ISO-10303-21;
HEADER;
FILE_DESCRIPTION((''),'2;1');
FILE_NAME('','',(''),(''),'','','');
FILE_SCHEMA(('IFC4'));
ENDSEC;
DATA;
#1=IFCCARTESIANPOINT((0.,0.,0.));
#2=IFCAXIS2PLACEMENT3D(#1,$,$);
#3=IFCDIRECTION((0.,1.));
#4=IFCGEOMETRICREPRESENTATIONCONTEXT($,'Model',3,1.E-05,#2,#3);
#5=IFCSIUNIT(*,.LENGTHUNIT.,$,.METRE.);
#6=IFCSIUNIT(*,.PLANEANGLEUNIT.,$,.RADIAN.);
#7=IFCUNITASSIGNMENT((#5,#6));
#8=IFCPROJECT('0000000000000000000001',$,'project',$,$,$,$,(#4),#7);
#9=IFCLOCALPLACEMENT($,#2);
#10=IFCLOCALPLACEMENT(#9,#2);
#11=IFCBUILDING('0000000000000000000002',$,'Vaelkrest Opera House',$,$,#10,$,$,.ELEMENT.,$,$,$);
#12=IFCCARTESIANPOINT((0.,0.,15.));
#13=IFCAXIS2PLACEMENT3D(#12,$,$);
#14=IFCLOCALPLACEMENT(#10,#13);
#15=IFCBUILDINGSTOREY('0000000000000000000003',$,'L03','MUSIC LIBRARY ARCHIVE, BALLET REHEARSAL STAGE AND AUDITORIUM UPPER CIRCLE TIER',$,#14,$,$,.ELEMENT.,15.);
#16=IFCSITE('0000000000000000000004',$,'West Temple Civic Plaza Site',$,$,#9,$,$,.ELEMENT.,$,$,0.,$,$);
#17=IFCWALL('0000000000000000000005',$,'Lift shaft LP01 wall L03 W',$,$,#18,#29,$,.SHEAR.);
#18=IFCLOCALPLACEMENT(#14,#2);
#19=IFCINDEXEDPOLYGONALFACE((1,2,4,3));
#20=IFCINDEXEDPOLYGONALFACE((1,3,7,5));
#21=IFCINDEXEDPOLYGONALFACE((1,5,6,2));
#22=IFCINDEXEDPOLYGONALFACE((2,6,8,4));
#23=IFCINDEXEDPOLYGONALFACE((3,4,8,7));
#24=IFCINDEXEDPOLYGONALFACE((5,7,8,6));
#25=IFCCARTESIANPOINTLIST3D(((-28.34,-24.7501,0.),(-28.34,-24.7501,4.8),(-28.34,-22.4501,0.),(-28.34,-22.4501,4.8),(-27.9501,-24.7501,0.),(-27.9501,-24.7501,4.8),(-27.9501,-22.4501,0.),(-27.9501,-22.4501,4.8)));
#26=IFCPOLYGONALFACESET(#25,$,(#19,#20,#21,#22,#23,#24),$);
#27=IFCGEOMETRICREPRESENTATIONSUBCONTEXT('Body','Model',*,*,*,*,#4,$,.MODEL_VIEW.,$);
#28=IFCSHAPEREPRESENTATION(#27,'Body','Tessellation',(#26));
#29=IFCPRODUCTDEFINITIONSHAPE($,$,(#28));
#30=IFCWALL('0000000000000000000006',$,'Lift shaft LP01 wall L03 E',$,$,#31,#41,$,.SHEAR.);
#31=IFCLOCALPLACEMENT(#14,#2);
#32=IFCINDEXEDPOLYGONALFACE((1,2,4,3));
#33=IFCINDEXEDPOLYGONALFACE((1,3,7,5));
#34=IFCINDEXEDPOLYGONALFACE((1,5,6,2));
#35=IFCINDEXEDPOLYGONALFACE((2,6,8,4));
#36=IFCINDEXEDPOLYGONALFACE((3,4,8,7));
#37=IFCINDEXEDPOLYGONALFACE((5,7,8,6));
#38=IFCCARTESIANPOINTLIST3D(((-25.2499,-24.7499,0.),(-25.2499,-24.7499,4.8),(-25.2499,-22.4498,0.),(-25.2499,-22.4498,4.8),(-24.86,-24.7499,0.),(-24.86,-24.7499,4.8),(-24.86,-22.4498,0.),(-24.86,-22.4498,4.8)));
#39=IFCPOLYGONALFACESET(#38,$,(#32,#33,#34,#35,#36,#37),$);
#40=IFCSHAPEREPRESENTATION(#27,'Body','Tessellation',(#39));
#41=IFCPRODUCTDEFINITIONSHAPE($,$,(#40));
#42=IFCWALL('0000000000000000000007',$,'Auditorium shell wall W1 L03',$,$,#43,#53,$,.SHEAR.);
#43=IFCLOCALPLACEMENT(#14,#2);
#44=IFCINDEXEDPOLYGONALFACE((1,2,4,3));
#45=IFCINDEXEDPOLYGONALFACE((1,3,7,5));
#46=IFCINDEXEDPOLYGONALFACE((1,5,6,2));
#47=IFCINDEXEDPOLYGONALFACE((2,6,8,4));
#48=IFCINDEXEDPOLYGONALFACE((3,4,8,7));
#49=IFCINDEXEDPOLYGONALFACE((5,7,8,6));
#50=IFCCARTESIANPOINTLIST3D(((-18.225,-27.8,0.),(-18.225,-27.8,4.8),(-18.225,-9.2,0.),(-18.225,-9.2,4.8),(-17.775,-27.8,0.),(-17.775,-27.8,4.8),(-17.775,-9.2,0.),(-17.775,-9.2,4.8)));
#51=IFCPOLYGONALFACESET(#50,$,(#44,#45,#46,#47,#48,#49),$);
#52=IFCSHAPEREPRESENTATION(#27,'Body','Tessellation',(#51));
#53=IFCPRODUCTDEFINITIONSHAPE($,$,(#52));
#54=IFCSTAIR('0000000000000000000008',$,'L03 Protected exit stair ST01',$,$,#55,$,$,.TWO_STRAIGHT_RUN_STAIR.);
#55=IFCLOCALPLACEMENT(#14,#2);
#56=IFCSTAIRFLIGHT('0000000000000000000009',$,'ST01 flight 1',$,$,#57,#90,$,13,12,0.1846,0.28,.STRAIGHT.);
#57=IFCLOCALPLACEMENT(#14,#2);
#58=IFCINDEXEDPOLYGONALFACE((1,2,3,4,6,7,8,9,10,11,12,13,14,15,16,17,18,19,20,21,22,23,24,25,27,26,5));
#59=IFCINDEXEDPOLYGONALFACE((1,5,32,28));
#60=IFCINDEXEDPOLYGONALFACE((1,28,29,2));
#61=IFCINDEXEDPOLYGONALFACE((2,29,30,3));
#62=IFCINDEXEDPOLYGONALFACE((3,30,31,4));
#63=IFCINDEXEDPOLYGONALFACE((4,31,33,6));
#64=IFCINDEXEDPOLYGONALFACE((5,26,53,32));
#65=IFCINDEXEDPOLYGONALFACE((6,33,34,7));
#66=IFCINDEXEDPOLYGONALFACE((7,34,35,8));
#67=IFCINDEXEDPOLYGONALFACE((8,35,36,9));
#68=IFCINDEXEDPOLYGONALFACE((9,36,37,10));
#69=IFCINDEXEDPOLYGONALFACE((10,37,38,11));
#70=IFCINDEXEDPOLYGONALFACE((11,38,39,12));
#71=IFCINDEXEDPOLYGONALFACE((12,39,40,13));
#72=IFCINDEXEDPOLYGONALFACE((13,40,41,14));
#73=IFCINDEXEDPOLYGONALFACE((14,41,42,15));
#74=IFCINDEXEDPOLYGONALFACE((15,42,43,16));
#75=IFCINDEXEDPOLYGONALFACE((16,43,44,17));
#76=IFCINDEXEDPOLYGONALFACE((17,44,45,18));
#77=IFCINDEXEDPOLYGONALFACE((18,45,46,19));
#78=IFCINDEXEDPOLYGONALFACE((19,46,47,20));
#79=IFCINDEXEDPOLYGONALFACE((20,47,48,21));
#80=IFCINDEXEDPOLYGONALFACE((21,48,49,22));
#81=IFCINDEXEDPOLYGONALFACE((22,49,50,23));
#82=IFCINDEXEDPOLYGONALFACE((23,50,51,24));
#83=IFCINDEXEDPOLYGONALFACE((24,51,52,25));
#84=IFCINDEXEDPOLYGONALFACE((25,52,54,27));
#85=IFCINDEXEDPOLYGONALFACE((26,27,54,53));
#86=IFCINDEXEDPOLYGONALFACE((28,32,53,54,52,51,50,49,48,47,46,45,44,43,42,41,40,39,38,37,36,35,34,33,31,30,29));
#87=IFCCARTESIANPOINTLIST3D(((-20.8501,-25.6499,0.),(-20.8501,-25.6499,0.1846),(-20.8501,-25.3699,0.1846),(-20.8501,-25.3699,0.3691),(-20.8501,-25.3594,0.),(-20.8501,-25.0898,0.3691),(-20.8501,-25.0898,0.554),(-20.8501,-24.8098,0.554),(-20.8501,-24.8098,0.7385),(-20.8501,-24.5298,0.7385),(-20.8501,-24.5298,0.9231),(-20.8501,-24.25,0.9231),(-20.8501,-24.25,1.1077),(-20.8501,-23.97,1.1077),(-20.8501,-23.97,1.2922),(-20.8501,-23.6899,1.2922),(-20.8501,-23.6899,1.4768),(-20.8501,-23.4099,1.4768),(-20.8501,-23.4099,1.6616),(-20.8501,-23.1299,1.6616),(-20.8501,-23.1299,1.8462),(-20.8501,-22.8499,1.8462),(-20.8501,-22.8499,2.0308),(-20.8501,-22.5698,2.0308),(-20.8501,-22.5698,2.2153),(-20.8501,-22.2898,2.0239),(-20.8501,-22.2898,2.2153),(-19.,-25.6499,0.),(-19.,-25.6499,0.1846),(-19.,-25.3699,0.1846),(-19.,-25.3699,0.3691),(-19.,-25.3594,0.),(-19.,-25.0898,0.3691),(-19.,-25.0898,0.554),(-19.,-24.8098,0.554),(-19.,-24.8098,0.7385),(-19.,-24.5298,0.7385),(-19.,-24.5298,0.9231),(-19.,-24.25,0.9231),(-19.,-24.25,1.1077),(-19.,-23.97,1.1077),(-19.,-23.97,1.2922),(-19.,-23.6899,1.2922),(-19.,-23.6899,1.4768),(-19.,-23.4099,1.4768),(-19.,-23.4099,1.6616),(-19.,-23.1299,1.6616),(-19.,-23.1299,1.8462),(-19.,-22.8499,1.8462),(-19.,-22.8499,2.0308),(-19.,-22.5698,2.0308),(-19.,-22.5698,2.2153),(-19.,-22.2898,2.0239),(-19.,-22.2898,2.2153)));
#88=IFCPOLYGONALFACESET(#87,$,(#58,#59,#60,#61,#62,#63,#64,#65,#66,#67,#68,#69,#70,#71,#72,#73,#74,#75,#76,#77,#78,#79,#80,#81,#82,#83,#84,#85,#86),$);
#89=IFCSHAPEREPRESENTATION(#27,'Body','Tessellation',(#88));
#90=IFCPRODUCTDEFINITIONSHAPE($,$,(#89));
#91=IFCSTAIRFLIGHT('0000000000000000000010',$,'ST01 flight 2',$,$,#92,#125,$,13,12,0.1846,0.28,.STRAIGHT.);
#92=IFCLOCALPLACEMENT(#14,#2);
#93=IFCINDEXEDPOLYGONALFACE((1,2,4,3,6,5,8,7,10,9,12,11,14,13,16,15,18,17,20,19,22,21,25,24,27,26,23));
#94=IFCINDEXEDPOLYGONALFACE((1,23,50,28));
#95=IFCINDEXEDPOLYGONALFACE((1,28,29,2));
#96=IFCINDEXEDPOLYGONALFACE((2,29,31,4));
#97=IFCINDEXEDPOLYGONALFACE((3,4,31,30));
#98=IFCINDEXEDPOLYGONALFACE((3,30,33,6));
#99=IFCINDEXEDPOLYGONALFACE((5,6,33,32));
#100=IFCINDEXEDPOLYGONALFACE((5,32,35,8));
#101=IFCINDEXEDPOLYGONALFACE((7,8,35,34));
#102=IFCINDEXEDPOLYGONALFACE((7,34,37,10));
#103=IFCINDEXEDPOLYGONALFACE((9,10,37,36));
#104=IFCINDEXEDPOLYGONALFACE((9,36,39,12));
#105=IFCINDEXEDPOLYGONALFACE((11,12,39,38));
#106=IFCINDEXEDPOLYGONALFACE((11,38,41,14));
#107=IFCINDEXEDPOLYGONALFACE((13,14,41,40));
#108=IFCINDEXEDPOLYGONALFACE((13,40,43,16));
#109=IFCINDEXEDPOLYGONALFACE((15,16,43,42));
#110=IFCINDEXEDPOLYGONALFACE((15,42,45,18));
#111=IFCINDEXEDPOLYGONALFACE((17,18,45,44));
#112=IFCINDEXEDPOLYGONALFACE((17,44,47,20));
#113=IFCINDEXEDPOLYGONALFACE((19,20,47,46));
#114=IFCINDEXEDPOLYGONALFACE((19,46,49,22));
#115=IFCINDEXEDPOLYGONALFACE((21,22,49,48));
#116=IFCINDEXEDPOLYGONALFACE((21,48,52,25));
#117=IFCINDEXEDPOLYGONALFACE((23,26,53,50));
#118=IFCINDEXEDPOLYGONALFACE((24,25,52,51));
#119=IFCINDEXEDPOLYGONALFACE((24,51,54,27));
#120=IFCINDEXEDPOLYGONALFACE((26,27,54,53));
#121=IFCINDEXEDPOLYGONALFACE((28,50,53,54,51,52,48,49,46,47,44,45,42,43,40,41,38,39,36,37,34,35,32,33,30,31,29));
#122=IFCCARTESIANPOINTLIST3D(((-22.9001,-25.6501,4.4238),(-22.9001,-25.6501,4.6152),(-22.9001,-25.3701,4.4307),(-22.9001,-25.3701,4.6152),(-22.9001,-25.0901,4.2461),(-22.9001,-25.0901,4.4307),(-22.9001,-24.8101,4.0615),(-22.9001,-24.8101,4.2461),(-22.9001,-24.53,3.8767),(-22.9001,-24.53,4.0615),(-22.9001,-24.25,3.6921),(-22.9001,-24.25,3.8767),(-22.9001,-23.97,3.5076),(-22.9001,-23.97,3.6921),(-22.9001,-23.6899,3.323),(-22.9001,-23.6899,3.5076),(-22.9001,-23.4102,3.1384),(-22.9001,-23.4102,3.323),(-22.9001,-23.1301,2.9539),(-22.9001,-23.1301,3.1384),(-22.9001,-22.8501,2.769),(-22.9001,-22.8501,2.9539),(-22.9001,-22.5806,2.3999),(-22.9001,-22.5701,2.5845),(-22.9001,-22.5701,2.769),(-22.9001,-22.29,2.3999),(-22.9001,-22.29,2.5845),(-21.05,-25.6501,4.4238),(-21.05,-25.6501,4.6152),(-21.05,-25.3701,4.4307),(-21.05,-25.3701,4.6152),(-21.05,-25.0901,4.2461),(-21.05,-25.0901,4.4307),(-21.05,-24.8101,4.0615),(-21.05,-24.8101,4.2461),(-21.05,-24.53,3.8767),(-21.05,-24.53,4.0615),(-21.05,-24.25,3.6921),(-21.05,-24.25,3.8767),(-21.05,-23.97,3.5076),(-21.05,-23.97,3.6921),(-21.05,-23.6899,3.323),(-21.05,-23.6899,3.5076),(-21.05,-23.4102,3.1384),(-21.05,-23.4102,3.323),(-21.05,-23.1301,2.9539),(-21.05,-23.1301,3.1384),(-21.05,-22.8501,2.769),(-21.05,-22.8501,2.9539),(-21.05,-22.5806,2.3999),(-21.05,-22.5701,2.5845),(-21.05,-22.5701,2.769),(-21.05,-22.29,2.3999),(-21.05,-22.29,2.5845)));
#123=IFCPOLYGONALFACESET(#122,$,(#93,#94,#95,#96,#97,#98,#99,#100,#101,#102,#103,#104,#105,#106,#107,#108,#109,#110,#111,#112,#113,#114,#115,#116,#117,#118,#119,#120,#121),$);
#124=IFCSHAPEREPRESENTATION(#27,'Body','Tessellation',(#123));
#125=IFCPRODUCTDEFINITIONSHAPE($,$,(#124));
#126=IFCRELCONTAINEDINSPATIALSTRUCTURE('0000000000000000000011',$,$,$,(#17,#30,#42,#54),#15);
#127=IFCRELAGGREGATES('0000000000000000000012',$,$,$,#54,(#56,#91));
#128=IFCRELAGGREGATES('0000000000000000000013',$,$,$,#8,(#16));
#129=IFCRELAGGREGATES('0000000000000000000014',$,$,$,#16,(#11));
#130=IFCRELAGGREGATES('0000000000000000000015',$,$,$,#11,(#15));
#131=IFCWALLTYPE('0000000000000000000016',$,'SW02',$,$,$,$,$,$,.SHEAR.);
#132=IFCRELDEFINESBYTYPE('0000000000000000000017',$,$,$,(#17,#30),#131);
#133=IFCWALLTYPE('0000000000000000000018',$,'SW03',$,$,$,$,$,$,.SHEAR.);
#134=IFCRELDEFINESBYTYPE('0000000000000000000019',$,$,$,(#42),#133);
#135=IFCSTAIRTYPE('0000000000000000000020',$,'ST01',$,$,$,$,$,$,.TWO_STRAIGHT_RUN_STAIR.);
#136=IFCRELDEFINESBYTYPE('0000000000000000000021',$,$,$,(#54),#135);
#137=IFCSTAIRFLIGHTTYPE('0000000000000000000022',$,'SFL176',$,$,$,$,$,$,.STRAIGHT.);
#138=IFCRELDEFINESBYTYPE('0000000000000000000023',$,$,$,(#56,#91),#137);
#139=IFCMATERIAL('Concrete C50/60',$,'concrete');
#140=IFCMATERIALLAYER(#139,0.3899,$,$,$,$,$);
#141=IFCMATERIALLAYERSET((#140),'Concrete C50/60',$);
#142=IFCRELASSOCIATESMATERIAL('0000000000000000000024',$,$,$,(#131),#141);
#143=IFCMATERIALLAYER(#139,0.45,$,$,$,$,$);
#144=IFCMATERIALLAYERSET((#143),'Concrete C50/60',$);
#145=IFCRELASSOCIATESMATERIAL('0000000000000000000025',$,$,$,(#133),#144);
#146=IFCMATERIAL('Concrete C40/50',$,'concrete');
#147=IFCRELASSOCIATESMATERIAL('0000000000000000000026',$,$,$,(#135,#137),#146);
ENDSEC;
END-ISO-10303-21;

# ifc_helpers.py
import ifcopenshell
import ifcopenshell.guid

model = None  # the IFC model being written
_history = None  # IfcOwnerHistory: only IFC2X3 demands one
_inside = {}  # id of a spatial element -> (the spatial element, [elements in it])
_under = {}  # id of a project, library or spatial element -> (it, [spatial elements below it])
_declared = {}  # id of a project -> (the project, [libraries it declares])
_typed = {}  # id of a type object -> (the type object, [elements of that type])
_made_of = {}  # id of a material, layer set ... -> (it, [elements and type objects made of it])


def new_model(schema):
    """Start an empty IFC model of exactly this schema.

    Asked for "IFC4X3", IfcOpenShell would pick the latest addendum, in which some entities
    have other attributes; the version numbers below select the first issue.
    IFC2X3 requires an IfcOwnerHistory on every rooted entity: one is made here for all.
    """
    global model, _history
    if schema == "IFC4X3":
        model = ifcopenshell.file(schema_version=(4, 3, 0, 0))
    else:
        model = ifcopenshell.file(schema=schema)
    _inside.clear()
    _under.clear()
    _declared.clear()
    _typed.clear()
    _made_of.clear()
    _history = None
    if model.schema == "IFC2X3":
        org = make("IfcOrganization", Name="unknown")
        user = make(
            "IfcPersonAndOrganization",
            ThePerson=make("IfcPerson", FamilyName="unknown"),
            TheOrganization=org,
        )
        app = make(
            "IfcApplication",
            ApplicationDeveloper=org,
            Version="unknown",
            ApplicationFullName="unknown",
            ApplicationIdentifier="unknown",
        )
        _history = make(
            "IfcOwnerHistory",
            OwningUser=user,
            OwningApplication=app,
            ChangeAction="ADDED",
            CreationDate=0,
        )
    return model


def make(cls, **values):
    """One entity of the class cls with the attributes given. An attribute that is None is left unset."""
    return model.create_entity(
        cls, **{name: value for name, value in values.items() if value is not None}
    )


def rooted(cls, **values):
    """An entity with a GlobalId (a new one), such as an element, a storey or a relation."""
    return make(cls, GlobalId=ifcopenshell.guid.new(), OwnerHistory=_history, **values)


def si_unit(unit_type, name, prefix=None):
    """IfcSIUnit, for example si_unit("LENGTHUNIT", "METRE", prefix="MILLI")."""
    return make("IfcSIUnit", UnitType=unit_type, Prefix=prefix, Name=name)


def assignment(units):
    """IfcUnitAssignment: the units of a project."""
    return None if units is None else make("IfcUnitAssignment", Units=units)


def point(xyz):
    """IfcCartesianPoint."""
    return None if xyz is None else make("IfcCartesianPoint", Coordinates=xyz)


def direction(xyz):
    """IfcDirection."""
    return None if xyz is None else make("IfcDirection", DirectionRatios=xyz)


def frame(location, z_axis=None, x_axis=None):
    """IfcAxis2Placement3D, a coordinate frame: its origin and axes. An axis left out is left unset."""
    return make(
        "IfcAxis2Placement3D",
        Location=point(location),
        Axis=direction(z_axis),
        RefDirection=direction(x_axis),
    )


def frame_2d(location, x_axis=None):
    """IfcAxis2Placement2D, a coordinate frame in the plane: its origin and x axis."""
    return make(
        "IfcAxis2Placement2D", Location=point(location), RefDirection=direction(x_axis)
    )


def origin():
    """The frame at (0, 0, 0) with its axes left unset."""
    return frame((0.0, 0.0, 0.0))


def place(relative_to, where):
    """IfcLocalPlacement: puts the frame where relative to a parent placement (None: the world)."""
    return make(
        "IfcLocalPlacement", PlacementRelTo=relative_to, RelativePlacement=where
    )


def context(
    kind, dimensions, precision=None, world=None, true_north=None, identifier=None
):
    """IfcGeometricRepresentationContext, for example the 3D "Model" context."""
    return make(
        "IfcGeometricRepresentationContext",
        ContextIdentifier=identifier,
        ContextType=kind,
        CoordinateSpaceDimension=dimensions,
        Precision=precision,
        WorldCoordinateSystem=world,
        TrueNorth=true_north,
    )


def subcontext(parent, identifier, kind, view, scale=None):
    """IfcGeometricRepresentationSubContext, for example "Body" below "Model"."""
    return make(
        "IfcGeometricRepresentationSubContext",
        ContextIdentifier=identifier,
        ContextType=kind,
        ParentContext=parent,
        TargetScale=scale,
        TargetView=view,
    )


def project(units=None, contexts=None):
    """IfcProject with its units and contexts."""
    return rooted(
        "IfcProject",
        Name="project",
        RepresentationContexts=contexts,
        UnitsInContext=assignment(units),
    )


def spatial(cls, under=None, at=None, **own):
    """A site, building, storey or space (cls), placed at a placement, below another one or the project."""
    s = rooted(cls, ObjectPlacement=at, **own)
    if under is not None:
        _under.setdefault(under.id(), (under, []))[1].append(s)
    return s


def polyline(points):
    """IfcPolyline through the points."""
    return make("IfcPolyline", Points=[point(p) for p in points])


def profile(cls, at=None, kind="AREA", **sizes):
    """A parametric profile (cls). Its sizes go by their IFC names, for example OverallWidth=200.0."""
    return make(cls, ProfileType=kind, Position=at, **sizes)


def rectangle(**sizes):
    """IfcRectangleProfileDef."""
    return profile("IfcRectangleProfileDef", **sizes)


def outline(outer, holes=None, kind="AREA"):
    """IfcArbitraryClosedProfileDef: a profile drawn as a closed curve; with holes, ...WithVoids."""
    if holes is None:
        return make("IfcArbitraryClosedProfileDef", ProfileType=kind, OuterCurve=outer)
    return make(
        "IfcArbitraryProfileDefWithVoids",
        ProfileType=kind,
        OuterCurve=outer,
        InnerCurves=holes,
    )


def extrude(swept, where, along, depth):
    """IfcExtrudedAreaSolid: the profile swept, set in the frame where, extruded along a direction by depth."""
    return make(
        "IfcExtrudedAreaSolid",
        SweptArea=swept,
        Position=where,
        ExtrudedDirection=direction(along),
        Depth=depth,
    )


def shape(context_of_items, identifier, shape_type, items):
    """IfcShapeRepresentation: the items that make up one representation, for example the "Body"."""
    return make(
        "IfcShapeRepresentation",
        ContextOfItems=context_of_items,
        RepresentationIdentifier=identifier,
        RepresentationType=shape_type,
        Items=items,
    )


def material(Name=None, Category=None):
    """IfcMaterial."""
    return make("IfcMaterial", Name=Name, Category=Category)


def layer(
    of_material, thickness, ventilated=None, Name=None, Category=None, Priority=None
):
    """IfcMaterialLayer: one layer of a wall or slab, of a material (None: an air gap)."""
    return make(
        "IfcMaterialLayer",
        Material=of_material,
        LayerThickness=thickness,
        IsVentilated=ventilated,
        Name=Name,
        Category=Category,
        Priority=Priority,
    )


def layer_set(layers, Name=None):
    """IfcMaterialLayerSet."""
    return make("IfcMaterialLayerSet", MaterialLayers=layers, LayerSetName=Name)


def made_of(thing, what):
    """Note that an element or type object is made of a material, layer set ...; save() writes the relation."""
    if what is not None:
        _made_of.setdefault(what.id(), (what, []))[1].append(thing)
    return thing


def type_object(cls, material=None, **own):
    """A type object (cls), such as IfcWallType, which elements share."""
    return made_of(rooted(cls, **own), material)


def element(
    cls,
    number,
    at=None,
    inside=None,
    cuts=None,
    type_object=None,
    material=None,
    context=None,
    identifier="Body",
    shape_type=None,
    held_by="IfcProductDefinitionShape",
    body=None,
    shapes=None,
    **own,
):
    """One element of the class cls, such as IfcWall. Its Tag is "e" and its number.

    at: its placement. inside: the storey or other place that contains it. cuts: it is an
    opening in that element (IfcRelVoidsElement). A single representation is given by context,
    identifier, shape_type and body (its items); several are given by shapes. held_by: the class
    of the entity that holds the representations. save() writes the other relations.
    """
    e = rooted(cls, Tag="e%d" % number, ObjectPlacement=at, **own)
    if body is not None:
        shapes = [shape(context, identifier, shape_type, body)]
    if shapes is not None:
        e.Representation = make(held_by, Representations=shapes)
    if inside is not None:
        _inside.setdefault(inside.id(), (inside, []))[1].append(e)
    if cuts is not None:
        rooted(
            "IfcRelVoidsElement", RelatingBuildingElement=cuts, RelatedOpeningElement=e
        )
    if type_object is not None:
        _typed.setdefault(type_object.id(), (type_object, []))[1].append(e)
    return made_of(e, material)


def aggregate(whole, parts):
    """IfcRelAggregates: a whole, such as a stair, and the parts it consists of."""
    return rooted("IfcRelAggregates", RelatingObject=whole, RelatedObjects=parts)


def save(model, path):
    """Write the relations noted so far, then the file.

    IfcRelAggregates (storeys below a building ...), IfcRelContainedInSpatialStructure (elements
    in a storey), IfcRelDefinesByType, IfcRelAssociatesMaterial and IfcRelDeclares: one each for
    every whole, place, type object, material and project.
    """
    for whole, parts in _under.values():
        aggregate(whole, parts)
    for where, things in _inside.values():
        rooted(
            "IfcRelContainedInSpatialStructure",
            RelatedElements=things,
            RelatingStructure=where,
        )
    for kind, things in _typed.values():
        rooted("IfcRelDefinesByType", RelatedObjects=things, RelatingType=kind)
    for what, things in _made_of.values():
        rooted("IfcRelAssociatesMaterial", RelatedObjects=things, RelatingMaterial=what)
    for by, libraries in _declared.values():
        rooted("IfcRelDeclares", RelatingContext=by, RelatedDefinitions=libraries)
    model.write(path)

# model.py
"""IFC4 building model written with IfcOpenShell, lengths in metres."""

from ifc_helpers import new_model, si_unit, direction, frame, frame_2d, origin, place, context, subcontext, project, spatial, polyline, rectangle, outline, extrude, material, layer, layer_set, type_object, element, aggregate, save


model = new_model("IFC4")

# Units and contexts
model_context = context("Model", 3, precision=1e-05, world=origin(), true_north=direction((0.0, 1.0)))
body_context = subcontext(model_context, "Body", "Model", "MODEL_VIEW")
ifc_project = project(units=[si_unit("LENGTHUNIT", "METRE"), si_unit("PLANEANGLEUNIT", "RADIAN")], contexts=[model_context])

# Site, building, storey
site_placement = place(None, origin())
site = spatial("IfcSite", under=ifc_project, at=site_placement, Name="West Temple Civic Plaza Site", CompositionType="ELEMENT", RefElevation=0.0)
building_placement = place(site_placement, origin())
building = spatial("IfcBuilding", under=site, at=building_placement, Name="Vaelkrest Opera House", CompositionType="ELEMENT")
storey_placement = place(building_placement, frame((0.0, 0.0, 15.0)))
storey = spatial("IfcBuildingStorey", under=building, at=storey_placement, Name="L03", Description="MUSIC LIBRARY ARCHIVE, BALLET REHEARSAL STAGE AND AUDITORIUM UPPER CIRCLE TIER", CompositionType="ELEMENT", Elevation=15.0)

# Shared definitions
ifc_material_1 = material(Name="Concrete C50/60", Category="concrete")

# Shared definitions
ifc_layer_1 = layer(ifc_material_1, 0.3899)
ifc_layer_set_1 = layer_set([ifc_layer_1], Name="Concrete C50/60")
wall_type_1 = type_object("IfcWallType", Name="SW02", PredefinedType="SHEAR", material=ifc_layer_set_1)

# Walls
for number, where, z_axis, x_axis, name in (
    (1, (-28.145, -24.75, 0.0), (0.0, 0.0, 1.0), (0.0, 1.0, 0.0), "Lift shaft LP01 wall L03 W"),
    (2, (-25.0549, -22.45, 0.0), (0.0, 0.0, 1.0), (0.0, -1.0, 0.0), "Lift shaft LP01 wall L03 E"),
):
    element("IfcWall", number, at=place(storey_placement, frame(where, z_axis=z_axis, x_axis=x_axis)), inside=storey, type_object=wall_type_1, Name=name, PredefinedType="SHEAR", context=body_context, shape_type="SweptSolid", body=[
        extrude(rectangle(XDim=2.3, YDim=0.3899, at=frame_2d((1.1499, 0.0))), origin(), (0.0, 0.0, 1.0), 4.8),
    ])
ifc_layer_2 = layer(ifc_material_1, 0.45)
ifc_layer_set_2 = layer_set([ifc_layer_2], Name="Concrete C50/60")
wall_type_2 = type_object("IfcWallType", Name="SW03", PredefinedType="SHEAR", material=ifc_layer_set_2)
wall_1_placement = place(storey_placement, frame((-18.0, -27.8, 0.0), z_axis=(0.0, 0.0, 1.0), x_axis=(0.0, 1.0, 0.0)))
element("IfcWall", 3, at=wall_1_placement, inside=storey, type_object=wall_type_2, Name="Auditorium shell wall W1 L03", PredefinedType="SHEAR", context=body_context, shape_type="SweptSolid", body=[
    extrude(rectangle(XDim=18.6001, YDim=0.45, at=frame_2d((9.3, 0.0))), origin(), (0.0, 0.0, 1.0), 4.8),
])

# Stair, stair flights
ifc_material_2 = material(Name="Concrete C40/50", Category="concrete")
stair_type = type_object("IfcStairType", Name="ST01", PredefinedType="TWO_STRAIGHT_RUN_STAIR", material=ifc_material_2)
stair_placement = place(storey_placement, origin())
stair = element("IfcStair", 4, at=stair_placement, inside=storey, type_object=stair_type, Name="L03 Protected exit stair ST01", PredefinedType="TWO_STRAIGHT_RUN_STAIR")
stair_flight_type = type_object("IfcStairFlightType", Name="SFL176", PredefinedType="STRAIGHT", material=ifc_material_2)
stair_flight_1_placement = place(storey_placement, frame((-19.925, -25.6499, 0.0), z_axis=(0.0, 0.0, 1.0), x_axis=(0.0, 1.0, 0.0)))
stair_flight_1 = element("IfcStairFlight", 5, at=stair_flight_1_placement, type_object=stair_flight_type, Name="ST01 flight 1", NumberOfRisers=13, NumberOfTreads=12, PredefinedType="STRAIGHT", RiserHeight=0.1846, TreadLength=0.28, context=body_context, shape_type="SweptSolid", body=[
    extrude(outline(polyline([(0.0, 0.0), (0.0, 0.1846), (0.28, 0.1846), (0.28, 0.3691), (0.5601, 0.3691), (0.5601, 0.554), (0.8401, 0.554), (0.8401, 0.7385), (1.1201, 0.7385), (1.1201, 0.9231), (1.3999, 0.9231), (1.3999, 1.1077), (1.6799, 1.1077), (1.6799, 1.2922), (1.96, 1.2922), (1.96, 1.4768), (2.24, 1.4768), (2.24, 1.6616), (2.52, 1.6616), (2.52, 1.8462), (2.8, 1.8462), (2.8, 2.0308), (3.0801, 2.0308), (3.0801, 2.2153), (3.3601, 2.2153), (3.3601, 2.3999), (3.3601, 2.0239), (0.2905, 0.0), (0.0, 0.0)])), frame((0.0, 0.925, 0.0), z_axis=(0.0, -1.0, 0.0), x_axis=(1.0, 0.0, 0.0)), (0.0, 0.0, 1.0), 1.8501),
])
stair_flight_2_placement = place(storey_placement, frame((-21.9751, -22.29, 2.3999), z_axis=(0.0, 0.0, 1.0), x_axis=(0.0, -1.0, 0.0)))
stair_flight_2 = element("IfcStairFlight", 6, at=stair_flight_2_placement, type_object=stair_flight_type, Name="ST01 flight 2", NumberOfRisers=13, NumberOfTreads=12, PredefinedType="STRAIGHT", RiserHeight=0.1846, TreadLength=0.28, context=body_context, shape_type="SweptSolid", body=[
    extrude(outline(polyline([(0.0, 0.0), (0.0, 0.1846), (0.28, 0.1846), (0.28, 0.3691), (0.5601, 0.3691), (0.5601, 0.554), (0.8401, 0.554), (0.8401, 0.7385), (1.1201, 0.7385), (1.1201, 0.9231), (1.3999, 0.9231), (1.3999, 1.1077), (1.6799, 1.1077), (1.6799, 1.2922), (1.96, 1.2922), (1.96, 1.4768), (2.24, 1.4768), (2.24, 1.6616), (2.52, 1.6616), (2.52, 1.8462), (2.8, 1.8462), (2.8, 2.0308), (3.0801, 2.0308), (3.0801, 2.2153), (3.3601, 2.2153), (3.3601, 2.3999), (3.3601, 2.0239), (0.2905, 0.0), (0.0, 0.0)])), frame((0.0, 0.925, 0.0), z_axis=(0.0, -1.0, 0.0), x_axis=(1.0, 0.0, 0.0)), (0.0, 0.0, 1.0), 1.8501),
])
aggregate(stair, [stair_flight_1, stair_flight_2])

save(model, "model.ifc")
